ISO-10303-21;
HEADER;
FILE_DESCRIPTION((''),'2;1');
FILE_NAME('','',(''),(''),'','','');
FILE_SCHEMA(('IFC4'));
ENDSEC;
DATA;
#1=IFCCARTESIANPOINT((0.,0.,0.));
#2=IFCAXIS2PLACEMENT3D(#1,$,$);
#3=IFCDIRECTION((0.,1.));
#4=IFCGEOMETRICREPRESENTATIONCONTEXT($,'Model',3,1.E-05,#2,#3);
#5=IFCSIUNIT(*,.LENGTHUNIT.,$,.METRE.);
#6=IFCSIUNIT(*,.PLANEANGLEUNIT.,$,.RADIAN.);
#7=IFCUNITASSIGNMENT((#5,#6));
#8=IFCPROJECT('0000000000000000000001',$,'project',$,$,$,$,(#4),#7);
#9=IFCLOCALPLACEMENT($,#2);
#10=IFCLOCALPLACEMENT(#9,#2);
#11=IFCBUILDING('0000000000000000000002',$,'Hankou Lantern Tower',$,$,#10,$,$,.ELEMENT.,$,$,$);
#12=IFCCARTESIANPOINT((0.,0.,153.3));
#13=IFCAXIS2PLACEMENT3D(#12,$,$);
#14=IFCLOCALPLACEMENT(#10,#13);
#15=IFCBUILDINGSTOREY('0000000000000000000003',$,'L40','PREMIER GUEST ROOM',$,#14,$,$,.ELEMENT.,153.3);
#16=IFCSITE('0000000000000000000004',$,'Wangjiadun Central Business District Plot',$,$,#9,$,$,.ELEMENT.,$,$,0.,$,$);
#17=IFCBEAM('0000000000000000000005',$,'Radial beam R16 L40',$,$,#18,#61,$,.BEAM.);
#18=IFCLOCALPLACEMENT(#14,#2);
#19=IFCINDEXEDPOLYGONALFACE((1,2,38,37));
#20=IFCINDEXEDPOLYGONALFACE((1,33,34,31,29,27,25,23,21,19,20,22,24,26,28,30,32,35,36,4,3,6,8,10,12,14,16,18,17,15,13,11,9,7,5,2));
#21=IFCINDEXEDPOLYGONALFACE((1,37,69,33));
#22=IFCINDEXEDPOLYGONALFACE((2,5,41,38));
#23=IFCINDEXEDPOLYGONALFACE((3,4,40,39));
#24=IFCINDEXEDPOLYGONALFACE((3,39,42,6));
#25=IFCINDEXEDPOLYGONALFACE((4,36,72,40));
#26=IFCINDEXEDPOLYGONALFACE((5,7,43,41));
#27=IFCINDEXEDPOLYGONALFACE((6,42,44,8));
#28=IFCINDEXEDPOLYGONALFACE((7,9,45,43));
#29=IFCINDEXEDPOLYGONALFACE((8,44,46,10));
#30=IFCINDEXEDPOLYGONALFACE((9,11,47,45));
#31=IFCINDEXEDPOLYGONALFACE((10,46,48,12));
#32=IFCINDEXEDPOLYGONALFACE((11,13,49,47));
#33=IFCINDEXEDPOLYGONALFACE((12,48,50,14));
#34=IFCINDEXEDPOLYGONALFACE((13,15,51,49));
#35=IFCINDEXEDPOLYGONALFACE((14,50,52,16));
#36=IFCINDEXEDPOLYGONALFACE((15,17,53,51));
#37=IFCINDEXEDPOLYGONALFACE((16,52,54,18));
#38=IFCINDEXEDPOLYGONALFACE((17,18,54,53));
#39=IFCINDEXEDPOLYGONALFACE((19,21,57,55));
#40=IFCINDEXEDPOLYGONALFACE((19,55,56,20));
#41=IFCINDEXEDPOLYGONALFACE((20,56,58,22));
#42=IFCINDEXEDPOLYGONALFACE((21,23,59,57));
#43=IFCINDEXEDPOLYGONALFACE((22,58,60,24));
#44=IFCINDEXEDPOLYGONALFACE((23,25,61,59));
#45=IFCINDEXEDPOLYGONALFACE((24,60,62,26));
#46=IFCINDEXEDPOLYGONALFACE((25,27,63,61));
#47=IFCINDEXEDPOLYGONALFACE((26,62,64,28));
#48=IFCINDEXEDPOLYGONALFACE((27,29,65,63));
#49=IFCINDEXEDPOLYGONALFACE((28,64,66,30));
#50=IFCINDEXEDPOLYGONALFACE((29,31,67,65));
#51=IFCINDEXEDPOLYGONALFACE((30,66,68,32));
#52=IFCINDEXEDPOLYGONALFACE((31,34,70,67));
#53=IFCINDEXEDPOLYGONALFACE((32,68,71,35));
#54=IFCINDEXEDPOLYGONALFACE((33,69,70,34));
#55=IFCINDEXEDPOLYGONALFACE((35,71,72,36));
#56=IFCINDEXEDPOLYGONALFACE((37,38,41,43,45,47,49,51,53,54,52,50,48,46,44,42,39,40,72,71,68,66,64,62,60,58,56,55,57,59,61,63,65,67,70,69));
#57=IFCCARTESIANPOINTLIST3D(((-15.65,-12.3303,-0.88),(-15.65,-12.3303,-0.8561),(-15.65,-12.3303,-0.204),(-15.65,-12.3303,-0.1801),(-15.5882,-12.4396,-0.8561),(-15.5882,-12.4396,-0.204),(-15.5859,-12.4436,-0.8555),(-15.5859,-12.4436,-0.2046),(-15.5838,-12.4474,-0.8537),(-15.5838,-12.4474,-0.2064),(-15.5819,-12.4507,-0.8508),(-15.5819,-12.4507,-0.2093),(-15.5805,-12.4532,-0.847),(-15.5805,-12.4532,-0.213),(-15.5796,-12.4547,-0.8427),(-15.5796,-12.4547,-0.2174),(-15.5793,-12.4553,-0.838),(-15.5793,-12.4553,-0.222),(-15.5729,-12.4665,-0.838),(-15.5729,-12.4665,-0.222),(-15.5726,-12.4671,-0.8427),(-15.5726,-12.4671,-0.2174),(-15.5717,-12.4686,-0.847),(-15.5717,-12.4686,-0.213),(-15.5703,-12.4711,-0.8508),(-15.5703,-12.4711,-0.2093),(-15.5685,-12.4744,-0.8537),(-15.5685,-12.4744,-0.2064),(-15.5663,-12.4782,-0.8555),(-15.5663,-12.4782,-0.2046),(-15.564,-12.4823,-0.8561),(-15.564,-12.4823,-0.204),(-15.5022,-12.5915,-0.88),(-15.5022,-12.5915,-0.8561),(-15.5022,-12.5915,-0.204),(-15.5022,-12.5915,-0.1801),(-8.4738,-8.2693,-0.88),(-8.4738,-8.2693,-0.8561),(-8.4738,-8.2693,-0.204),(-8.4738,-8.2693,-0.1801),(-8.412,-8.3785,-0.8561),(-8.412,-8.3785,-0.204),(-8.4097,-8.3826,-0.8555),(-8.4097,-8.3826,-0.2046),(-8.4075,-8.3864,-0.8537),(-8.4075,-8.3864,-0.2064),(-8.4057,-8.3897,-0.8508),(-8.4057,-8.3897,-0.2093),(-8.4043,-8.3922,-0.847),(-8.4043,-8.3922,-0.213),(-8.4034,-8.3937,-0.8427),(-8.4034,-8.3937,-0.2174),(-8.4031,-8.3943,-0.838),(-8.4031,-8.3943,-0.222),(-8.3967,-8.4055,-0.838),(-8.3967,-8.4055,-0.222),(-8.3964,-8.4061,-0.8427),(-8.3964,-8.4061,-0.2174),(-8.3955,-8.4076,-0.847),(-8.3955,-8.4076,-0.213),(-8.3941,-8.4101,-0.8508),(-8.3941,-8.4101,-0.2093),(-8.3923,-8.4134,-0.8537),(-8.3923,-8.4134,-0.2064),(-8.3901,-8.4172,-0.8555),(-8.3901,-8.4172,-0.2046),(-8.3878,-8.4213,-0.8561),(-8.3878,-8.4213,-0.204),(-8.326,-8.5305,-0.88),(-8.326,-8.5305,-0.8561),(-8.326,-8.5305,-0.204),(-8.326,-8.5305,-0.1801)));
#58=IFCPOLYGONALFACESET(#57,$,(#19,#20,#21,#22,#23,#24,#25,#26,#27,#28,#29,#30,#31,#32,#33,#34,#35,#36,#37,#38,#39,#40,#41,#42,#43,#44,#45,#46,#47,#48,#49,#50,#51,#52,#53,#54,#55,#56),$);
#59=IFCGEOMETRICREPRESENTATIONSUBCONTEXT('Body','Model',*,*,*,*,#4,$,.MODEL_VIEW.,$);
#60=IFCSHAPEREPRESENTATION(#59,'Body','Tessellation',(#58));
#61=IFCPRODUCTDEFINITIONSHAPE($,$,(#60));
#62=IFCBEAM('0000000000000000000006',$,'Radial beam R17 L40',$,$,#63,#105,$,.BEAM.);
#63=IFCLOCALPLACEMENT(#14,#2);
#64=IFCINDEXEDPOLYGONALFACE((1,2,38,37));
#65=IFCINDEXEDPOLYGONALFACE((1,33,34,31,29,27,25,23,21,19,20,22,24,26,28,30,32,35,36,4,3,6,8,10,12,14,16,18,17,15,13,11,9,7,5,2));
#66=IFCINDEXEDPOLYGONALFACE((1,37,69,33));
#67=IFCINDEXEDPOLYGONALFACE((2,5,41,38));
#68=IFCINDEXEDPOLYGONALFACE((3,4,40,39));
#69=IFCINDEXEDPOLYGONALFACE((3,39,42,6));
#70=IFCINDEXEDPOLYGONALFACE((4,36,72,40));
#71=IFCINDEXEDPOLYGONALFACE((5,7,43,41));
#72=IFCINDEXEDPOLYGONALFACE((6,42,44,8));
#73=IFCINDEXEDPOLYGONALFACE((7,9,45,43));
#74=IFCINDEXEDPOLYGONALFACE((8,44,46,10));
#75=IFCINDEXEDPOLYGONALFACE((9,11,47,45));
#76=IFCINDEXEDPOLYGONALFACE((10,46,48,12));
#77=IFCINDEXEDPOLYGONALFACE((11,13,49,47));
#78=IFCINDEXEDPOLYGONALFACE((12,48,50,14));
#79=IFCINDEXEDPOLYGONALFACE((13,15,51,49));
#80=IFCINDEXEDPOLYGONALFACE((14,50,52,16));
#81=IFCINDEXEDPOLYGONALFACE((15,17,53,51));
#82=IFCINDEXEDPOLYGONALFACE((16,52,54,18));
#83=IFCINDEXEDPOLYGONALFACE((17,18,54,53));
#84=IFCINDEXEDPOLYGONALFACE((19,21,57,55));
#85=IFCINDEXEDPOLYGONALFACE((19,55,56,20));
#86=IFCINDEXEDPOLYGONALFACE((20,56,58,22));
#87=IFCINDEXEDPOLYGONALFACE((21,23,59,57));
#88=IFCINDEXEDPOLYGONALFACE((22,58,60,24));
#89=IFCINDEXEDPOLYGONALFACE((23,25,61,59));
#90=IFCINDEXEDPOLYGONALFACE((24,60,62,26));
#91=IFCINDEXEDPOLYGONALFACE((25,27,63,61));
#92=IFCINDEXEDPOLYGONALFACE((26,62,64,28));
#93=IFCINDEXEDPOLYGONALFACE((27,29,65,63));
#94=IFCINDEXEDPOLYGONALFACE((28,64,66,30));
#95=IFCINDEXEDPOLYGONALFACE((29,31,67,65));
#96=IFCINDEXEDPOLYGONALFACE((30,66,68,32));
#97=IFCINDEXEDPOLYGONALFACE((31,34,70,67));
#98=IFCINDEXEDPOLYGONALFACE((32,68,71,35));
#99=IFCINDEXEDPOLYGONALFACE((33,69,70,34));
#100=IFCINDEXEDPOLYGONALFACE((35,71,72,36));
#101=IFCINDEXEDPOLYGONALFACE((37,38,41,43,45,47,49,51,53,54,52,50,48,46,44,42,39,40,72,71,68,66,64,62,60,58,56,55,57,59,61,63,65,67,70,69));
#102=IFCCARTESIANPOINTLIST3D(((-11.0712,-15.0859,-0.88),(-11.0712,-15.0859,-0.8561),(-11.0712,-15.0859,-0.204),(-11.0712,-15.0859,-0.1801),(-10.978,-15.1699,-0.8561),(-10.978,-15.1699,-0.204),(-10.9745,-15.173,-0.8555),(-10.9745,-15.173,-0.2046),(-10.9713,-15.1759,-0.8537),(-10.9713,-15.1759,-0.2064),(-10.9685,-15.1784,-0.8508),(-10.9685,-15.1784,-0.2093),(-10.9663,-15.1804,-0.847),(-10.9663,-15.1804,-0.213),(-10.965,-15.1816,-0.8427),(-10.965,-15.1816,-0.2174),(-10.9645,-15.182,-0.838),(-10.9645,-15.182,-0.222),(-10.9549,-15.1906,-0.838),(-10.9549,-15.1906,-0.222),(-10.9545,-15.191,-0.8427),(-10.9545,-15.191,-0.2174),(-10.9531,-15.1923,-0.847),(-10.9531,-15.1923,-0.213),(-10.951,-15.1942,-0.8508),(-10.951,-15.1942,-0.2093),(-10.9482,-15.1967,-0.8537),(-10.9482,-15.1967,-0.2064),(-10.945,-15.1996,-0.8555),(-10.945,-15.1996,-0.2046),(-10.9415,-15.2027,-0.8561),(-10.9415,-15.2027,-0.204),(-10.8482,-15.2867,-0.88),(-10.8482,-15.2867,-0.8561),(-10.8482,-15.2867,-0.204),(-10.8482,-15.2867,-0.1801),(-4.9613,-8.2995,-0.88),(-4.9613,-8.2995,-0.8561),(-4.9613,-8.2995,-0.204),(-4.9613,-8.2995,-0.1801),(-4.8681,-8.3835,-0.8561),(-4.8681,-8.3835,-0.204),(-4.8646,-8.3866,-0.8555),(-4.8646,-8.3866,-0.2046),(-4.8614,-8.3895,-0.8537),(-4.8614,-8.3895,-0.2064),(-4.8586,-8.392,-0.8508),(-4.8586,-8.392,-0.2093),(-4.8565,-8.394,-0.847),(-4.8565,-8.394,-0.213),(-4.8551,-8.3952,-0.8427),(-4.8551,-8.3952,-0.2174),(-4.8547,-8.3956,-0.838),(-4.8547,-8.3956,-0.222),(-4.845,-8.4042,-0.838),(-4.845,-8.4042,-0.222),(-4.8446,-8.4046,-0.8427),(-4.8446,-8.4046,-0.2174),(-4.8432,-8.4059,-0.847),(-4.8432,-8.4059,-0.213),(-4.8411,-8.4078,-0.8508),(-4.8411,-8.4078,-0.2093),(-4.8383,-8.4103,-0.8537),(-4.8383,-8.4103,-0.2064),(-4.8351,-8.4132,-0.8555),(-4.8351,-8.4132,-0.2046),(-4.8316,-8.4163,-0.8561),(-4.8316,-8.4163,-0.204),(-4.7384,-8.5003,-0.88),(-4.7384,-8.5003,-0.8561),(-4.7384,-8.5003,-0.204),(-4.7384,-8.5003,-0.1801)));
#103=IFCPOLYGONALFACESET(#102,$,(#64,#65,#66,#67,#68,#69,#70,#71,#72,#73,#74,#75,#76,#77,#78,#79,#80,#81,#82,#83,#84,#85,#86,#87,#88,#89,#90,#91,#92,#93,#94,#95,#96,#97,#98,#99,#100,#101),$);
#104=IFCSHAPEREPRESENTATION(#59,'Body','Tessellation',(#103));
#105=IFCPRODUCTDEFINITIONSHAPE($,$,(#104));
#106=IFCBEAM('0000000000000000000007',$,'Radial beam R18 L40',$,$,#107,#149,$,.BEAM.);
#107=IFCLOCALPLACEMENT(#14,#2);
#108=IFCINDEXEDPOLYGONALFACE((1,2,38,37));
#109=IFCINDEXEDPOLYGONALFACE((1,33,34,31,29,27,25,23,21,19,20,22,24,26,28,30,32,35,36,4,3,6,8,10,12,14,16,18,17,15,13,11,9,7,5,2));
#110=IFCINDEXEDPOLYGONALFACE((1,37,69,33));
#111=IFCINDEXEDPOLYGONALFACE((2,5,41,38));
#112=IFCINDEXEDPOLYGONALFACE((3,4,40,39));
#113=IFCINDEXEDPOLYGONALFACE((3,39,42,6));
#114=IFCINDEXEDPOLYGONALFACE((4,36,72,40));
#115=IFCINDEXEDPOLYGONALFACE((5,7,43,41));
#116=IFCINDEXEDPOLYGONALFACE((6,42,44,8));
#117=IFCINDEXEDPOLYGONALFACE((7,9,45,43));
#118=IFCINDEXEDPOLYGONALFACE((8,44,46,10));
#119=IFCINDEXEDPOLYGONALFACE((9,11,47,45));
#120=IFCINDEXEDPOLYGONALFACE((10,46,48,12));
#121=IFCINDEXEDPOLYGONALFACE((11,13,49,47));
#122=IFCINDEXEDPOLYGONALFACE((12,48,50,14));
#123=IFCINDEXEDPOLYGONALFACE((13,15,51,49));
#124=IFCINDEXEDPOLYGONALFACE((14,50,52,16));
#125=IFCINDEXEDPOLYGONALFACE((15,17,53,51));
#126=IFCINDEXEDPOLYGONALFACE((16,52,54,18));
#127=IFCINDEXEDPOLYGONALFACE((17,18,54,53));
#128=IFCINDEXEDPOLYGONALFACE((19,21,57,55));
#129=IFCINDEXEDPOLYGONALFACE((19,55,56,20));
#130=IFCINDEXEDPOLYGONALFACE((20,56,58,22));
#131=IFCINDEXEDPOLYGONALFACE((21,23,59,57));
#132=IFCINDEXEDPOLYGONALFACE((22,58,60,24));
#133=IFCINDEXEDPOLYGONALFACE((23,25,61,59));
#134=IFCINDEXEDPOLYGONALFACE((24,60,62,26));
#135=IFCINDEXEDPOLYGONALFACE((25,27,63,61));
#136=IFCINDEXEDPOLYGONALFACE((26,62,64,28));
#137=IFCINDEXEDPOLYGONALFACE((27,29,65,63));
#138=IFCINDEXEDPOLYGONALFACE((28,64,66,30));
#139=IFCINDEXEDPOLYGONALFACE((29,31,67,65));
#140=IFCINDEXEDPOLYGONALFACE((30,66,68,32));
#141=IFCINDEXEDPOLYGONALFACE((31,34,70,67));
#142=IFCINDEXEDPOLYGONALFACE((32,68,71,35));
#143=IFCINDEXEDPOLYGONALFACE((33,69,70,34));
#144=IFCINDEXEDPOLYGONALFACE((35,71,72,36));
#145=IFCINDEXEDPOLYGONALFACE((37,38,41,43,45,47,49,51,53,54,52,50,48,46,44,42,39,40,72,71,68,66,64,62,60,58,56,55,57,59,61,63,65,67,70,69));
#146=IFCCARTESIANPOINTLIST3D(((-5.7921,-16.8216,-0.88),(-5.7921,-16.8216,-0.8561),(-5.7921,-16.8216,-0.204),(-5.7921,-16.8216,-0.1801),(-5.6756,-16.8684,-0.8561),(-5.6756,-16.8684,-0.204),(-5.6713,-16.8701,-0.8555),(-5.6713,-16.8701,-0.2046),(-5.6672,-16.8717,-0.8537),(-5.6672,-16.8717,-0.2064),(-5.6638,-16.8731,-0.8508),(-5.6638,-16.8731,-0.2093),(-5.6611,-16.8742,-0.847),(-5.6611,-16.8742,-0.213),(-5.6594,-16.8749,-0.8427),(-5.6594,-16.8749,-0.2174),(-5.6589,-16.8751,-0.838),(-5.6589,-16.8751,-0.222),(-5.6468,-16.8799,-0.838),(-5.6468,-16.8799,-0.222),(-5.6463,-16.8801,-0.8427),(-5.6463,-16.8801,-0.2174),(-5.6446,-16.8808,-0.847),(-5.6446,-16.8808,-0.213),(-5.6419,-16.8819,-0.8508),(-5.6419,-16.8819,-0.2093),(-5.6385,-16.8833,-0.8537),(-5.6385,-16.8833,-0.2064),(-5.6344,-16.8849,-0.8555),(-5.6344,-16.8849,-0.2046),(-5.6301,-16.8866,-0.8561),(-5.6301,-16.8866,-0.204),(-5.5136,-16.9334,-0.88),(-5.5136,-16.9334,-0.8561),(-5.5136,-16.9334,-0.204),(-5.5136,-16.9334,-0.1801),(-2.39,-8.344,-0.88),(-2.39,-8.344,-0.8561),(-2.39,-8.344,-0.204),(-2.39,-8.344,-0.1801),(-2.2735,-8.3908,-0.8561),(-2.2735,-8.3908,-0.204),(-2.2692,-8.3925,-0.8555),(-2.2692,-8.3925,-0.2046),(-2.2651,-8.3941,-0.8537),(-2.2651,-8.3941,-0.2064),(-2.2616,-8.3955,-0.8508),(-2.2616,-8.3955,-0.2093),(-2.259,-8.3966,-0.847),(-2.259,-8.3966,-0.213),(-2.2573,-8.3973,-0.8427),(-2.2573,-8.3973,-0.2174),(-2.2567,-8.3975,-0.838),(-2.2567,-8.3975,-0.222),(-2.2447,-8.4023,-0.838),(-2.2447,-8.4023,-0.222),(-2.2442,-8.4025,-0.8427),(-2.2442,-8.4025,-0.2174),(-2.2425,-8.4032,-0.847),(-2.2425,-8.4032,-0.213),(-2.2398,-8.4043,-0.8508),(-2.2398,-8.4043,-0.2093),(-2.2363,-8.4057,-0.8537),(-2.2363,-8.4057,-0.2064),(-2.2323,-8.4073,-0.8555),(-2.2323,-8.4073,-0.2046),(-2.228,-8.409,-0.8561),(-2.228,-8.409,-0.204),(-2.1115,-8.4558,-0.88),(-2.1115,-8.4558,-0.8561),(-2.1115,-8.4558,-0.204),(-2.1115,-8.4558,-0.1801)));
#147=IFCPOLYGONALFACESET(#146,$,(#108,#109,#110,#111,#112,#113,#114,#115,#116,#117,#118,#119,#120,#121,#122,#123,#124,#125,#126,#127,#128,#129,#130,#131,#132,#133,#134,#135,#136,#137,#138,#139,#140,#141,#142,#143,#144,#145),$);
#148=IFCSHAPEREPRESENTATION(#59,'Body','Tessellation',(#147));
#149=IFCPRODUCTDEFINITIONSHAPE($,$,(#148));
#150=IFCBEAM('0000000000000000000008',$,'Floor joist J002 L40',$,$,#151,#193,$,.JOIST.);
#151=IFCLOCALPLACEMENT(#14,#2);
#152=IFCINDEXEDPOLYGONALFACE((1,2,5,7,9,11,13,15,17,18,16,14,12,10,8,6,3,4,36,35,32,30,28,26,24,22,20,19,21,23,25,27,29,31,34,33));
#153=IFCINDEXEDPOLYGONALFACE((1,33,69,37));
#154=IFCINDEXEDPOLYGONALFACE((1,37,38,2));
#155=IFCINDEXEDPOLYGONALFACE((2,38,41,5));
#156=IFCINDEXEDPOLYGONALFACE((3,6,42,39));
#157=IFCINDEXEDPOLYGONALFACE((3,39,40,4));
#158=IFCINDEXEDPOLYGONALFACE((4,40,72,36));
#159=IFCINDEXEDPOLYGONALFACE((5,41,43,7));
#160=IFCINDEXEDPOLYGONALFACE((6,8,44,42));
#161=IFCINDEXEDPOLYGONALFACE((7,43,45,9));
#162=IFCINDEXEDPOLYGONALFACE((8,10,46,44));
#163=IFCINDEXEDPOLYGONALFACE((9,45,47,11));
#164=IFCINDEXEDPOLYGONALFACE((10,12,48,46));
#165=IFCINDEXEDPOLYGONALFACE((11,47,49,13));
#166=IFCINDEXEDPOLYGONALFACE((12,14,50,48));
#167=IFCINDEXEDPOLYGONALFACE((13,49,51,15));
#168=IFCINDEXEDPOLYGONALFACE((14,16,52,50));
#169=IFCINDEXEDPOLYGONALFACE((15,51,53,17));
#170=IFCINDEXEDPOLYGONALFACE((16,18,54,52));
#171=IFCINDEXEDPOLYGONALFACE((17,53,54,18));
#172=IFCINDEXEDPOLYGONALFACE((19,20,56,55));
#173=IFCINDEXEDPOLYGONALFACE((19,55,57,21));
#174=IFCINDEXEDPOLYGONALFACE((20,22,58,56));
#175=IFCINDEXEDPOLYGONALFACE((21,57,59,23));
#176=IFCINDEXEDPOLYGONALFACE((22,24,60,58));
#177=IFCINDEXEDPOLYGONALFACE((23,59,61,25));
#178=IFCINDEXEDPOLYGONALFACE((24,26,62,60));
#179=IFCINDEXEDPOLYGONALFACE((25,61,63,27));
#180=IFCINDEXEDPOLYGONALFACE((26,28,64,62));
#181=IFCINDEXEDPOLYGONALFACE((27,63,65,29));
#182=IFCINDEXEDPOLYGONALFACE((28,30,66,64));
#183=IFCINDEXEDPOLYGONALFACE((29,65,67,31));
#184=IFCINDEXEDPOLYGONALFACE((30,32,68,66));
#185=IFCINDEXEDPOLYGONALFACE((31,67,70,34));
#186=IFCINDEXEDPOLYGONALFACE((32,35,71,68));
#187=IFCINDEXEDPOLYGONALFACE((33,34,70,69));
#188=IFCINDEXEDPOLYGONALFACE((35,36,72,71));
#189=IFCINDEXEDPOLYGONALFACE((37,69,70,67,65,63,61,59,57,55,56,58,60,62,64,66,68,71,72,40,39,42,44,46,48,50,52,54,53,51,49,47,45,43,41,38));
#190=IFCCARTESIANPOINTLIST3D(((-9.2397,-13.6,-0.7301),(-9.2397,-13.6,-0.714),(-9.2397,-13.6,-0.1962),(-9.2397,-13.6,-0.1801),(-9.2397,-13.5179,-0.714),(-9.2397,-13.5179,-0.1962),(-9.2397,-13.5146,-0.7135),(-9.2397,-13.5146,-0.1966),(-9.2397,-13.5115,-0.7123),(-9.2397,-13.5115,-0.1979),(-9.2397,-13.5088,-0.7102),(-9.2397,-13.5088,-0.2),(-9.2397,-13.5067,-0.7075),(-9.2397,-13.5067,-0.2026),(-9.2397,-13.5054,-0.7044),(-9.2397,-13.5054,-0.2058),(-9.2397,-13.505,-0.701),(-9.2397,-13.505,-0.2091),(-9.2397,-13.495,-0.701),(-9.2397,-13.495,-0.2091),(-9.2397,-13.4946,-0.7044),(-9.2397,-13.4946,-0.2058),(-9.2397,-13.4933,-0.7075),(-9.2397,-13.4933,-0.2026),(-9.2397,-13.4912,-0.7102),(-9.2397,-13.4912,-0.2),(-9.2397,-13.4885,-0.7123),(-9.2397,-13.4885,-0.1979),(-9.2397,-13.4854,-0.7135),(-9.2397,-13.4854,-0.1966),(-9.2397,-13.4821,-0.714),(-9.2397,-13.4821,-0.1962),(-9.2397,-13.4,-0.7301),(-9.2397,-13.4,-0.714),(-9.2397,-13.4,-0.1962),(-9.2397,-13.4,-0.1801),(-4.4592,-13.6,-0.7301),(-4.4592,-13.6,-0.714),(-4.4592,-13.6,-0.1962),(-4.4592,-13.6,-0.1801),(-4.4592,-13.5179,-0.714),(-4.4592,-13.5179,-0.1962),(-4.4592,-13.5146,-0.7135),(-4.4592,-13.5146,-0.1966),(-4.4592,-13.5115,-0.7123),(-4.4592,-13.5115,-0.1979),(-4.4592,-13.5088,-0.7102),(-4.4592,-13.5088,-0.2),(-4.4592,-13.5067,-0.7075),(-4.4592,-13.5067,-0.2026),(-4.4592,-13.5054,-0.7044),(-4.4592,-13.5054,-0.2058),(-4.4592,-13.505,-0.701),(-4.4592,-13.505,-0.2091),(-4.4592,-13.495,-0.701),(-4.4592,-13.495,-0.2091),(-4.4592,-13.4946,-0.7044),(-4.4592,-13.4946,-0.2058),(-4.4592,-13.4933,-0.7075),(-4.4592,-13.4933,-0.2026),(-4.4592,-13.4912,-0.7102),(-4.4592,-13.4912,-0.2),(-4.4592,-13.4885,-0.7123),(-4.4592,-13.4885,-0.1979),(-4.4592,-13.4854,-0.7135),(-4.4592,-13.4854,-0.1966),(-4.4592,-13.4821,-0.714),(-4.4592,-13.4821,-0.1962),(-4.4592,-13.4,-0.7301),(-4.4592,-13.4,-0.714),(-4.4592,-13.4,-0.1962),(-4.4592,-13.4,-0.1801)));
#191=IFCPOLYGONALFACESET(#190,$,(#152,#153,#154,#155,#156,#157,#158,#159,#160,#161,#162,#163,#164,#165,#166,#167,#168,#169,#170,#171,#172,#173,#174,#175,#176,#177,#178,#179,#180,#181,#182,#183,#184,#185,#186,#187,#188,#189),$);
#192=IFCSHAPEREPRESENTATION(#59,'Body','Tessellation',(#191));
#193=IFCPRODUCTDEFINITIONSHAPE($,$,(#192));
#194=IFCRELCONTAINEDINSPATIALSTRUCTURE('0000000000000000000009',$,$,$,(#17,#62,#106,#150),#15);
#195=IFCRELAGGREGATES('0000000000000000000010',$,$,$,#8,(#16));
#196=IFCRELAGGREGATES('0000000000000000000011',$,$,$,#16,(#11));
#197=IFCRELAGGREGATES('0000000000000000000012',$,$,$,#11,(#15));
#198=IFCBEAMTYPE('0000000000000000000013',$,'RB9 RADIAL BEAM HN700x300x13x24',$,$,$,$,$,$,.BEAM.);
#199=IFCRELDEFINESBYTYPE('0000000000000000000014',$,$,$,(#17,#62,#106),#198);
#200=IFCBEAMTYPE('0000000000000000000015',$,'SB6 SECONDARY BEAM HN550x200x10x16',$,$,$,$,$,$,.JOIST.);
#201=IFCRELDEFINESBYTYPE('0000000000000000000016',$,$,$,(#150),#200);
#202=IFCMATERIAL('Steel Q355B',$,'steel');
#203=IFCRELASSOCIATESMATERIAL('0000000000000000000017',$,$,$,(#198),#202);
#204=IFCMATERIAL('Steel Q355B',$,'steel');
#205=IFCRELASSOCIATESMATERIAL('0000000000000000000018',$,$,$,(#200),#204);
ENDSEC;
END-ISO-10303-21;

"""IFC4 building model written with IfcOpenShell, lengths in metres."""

from ifc_helpers import new_model, si_unit, direction, frame, origin, origin_2d, place, context, subcontext, project, spatial, i_section, extrude, material, material_profile, profile_set, type_object, element, save


model = new_model("IFC4")

# Units and contexts
model_context = context("Model", 3, precision=1e-05, world=origin(), true_north=direction((0.0, 1.0)))
body_context = subcontext(model_context, "Body", "Model", "MODEL_VIEW")
ifc_project = project(units=[si_unit("LENGTHUNIT", "METRE"), si_unit("PLANEANGLEUNIT", "RADIAN")], contexts=[model_context])

# Site, building, storey
site_placement = place(None, origin())
site = spatial("IfcSite", under=ifc_project, at=site_placement, Name="Wangjiadun Central Business District Plot", CompositionType="ELEMENT", RefElevation=0.0)
building_placement = place(site_placement, origin())
building = spatial("IfcBuilding", under=site, at=building_placement, Name="Hankou Lantern Tower", CompositionType="ELEMENT")
storey_placement = place(building_placement, frame((0.0, 0.0, 153.3)))
storey = spatial("IfcBuildingStorey", under=building, at=storey_placement, Name="L40", Description="PREMIER GUEST ROOM", CompositionType="ELEMENT", Elevation=153.3)

# Beams
ifc_material_1 = material(Name="Steel Q355B", Category="steel")
ifc_material_profile_1 = material_profile(ifc_material_1, i_section(OverallWidth=0.3, OverallDepth=0.7, WebThickness=0.0129, FlangeThickness=0.0239, FilletRadius=0.0181, at=origin_2d()), Name="HN700x300x13x24")
ifc_profile_set_1 = profile_set([ifc_material_profile_1], Name="Steel Q355B")
beam_type_1 = type_object("IfcBeamType", Name="RB9 RADIAL BEAM HN700x300x13x24", PredefinedType="BEAM", material=ifc_profile_set_1)
beam_1_placement = place(storey_placement, frame((-8.3999, -8.3999, -0.53), z_axis=(-0.870309, -0.492506, 0.0), x_axis=(0.492506, -0.870309, 0.0)))
element("IfcBeam", 1, at=beam_1_placement, inside=storey, type_object=beam_type_1, Name="Radial beam R16 L40", PredefinedType="BEAM", context=body_context, shape_type="SweptSolid", body=[
    extrude(i_section(OverallWidth=0.3, OverallDepth=0.7, WebThickness=0.0129, FlangeThickness=0.0239, FilletRadius=0.0181, at=origin_2d()), origin(), (0.0, 0.0, 1.0), 8.2456),
])
beam_2_placement = place(storey_placement, frame((-4.8499, -8.3999, -0.53), z_axis=(-0.669093, -0.743178, 0.0), x_axis=(0.743178, -0.669093, 0.0)))
element("IfcBeam", 2, at=beam_2_placement, inside=storey, type_object=beam_type_1, Name="Radial beam R17 L40", PredefinedType="BEAM", context=body_context, shape_type="SweptSolid", body=[
    extrude(i_section(OverallWidth=0.3, OverallDepth=0.7, WebThickness=0.0129, FlangeThickness=0.0239, FilletRadius=0.0181, at=origin_2d()), origin(), (0.0, 0.0, 1.0), 9.1316),
])
beam_3_placement = place(storey_placement, frame((-2.2507, -8.3999, -0.53), z_axis=(-0.372436, -0.928058, 0.0), x_axis=(0.928058, -0.372436, 0.0)))
element("IfcBeam", 3, at=beam_3_placement, inside=storey, type_object=beam_type_1, Name="Radial beam R18 L40", PredefinedType="BEAM", context=body_context, shape_type="SweptSolid", body=[
    extrude(i_section(OverallWidth=0.3, OverallDepth=0.7, WebThickness=0.0129, FlangeThickness=0.0239, FilletRadius=0.0181, at=origin_2d()), origin(), (0.0, 0.0, 1.0), 9.1348),
])
ifc_material_2 = material(Name="Steel Q355B", Category="steel")
ifc_material_profile_2 = material_profile(ifc_material_2, i_section(OverallWidth=0.2, OverallDepth=0.55, WebThickness=0.01, FlangeThickness=0.0161, FilletRadius=0.0129, at=origin_2d()), Name="HN550x200x10x16")
ifc_profile_set_2 = profile_set([ifc_material_profile_2], Name="Steel Q355B")
beam_type_2 = type_object("IfcBeamType", Name="SB6 SECONDARY BEAM HN550x200x10x16", PredefinedType="JOIST", material=ifc_profile_set_2)
beam_4_placement = place(storey_placement, frame((-9.2397, -13.5, -0.4551), z_axis=(1.0, 0.0, 0.0), x_axis=(0.0, 1.0, 0.0)))
element("IfcBeam", 4, at=beam_4_placement, inside=storey, type_object=beam_type_2, Name="Floor joist J002 L40", PredefinedType="JOIST", context=body_context, shape_type="SweptSolid", body=[
    extrude(i_section(OverallWidth=0.2, OverallDepth=0.55, WebThickness=0.01, FlangeThickness=0.0161, FilletRadius=0.0129, at=origin_2d()), origin(), (0.0, 0.0, 1.0), 4.7805),
])

save(model, "model.ifc")
